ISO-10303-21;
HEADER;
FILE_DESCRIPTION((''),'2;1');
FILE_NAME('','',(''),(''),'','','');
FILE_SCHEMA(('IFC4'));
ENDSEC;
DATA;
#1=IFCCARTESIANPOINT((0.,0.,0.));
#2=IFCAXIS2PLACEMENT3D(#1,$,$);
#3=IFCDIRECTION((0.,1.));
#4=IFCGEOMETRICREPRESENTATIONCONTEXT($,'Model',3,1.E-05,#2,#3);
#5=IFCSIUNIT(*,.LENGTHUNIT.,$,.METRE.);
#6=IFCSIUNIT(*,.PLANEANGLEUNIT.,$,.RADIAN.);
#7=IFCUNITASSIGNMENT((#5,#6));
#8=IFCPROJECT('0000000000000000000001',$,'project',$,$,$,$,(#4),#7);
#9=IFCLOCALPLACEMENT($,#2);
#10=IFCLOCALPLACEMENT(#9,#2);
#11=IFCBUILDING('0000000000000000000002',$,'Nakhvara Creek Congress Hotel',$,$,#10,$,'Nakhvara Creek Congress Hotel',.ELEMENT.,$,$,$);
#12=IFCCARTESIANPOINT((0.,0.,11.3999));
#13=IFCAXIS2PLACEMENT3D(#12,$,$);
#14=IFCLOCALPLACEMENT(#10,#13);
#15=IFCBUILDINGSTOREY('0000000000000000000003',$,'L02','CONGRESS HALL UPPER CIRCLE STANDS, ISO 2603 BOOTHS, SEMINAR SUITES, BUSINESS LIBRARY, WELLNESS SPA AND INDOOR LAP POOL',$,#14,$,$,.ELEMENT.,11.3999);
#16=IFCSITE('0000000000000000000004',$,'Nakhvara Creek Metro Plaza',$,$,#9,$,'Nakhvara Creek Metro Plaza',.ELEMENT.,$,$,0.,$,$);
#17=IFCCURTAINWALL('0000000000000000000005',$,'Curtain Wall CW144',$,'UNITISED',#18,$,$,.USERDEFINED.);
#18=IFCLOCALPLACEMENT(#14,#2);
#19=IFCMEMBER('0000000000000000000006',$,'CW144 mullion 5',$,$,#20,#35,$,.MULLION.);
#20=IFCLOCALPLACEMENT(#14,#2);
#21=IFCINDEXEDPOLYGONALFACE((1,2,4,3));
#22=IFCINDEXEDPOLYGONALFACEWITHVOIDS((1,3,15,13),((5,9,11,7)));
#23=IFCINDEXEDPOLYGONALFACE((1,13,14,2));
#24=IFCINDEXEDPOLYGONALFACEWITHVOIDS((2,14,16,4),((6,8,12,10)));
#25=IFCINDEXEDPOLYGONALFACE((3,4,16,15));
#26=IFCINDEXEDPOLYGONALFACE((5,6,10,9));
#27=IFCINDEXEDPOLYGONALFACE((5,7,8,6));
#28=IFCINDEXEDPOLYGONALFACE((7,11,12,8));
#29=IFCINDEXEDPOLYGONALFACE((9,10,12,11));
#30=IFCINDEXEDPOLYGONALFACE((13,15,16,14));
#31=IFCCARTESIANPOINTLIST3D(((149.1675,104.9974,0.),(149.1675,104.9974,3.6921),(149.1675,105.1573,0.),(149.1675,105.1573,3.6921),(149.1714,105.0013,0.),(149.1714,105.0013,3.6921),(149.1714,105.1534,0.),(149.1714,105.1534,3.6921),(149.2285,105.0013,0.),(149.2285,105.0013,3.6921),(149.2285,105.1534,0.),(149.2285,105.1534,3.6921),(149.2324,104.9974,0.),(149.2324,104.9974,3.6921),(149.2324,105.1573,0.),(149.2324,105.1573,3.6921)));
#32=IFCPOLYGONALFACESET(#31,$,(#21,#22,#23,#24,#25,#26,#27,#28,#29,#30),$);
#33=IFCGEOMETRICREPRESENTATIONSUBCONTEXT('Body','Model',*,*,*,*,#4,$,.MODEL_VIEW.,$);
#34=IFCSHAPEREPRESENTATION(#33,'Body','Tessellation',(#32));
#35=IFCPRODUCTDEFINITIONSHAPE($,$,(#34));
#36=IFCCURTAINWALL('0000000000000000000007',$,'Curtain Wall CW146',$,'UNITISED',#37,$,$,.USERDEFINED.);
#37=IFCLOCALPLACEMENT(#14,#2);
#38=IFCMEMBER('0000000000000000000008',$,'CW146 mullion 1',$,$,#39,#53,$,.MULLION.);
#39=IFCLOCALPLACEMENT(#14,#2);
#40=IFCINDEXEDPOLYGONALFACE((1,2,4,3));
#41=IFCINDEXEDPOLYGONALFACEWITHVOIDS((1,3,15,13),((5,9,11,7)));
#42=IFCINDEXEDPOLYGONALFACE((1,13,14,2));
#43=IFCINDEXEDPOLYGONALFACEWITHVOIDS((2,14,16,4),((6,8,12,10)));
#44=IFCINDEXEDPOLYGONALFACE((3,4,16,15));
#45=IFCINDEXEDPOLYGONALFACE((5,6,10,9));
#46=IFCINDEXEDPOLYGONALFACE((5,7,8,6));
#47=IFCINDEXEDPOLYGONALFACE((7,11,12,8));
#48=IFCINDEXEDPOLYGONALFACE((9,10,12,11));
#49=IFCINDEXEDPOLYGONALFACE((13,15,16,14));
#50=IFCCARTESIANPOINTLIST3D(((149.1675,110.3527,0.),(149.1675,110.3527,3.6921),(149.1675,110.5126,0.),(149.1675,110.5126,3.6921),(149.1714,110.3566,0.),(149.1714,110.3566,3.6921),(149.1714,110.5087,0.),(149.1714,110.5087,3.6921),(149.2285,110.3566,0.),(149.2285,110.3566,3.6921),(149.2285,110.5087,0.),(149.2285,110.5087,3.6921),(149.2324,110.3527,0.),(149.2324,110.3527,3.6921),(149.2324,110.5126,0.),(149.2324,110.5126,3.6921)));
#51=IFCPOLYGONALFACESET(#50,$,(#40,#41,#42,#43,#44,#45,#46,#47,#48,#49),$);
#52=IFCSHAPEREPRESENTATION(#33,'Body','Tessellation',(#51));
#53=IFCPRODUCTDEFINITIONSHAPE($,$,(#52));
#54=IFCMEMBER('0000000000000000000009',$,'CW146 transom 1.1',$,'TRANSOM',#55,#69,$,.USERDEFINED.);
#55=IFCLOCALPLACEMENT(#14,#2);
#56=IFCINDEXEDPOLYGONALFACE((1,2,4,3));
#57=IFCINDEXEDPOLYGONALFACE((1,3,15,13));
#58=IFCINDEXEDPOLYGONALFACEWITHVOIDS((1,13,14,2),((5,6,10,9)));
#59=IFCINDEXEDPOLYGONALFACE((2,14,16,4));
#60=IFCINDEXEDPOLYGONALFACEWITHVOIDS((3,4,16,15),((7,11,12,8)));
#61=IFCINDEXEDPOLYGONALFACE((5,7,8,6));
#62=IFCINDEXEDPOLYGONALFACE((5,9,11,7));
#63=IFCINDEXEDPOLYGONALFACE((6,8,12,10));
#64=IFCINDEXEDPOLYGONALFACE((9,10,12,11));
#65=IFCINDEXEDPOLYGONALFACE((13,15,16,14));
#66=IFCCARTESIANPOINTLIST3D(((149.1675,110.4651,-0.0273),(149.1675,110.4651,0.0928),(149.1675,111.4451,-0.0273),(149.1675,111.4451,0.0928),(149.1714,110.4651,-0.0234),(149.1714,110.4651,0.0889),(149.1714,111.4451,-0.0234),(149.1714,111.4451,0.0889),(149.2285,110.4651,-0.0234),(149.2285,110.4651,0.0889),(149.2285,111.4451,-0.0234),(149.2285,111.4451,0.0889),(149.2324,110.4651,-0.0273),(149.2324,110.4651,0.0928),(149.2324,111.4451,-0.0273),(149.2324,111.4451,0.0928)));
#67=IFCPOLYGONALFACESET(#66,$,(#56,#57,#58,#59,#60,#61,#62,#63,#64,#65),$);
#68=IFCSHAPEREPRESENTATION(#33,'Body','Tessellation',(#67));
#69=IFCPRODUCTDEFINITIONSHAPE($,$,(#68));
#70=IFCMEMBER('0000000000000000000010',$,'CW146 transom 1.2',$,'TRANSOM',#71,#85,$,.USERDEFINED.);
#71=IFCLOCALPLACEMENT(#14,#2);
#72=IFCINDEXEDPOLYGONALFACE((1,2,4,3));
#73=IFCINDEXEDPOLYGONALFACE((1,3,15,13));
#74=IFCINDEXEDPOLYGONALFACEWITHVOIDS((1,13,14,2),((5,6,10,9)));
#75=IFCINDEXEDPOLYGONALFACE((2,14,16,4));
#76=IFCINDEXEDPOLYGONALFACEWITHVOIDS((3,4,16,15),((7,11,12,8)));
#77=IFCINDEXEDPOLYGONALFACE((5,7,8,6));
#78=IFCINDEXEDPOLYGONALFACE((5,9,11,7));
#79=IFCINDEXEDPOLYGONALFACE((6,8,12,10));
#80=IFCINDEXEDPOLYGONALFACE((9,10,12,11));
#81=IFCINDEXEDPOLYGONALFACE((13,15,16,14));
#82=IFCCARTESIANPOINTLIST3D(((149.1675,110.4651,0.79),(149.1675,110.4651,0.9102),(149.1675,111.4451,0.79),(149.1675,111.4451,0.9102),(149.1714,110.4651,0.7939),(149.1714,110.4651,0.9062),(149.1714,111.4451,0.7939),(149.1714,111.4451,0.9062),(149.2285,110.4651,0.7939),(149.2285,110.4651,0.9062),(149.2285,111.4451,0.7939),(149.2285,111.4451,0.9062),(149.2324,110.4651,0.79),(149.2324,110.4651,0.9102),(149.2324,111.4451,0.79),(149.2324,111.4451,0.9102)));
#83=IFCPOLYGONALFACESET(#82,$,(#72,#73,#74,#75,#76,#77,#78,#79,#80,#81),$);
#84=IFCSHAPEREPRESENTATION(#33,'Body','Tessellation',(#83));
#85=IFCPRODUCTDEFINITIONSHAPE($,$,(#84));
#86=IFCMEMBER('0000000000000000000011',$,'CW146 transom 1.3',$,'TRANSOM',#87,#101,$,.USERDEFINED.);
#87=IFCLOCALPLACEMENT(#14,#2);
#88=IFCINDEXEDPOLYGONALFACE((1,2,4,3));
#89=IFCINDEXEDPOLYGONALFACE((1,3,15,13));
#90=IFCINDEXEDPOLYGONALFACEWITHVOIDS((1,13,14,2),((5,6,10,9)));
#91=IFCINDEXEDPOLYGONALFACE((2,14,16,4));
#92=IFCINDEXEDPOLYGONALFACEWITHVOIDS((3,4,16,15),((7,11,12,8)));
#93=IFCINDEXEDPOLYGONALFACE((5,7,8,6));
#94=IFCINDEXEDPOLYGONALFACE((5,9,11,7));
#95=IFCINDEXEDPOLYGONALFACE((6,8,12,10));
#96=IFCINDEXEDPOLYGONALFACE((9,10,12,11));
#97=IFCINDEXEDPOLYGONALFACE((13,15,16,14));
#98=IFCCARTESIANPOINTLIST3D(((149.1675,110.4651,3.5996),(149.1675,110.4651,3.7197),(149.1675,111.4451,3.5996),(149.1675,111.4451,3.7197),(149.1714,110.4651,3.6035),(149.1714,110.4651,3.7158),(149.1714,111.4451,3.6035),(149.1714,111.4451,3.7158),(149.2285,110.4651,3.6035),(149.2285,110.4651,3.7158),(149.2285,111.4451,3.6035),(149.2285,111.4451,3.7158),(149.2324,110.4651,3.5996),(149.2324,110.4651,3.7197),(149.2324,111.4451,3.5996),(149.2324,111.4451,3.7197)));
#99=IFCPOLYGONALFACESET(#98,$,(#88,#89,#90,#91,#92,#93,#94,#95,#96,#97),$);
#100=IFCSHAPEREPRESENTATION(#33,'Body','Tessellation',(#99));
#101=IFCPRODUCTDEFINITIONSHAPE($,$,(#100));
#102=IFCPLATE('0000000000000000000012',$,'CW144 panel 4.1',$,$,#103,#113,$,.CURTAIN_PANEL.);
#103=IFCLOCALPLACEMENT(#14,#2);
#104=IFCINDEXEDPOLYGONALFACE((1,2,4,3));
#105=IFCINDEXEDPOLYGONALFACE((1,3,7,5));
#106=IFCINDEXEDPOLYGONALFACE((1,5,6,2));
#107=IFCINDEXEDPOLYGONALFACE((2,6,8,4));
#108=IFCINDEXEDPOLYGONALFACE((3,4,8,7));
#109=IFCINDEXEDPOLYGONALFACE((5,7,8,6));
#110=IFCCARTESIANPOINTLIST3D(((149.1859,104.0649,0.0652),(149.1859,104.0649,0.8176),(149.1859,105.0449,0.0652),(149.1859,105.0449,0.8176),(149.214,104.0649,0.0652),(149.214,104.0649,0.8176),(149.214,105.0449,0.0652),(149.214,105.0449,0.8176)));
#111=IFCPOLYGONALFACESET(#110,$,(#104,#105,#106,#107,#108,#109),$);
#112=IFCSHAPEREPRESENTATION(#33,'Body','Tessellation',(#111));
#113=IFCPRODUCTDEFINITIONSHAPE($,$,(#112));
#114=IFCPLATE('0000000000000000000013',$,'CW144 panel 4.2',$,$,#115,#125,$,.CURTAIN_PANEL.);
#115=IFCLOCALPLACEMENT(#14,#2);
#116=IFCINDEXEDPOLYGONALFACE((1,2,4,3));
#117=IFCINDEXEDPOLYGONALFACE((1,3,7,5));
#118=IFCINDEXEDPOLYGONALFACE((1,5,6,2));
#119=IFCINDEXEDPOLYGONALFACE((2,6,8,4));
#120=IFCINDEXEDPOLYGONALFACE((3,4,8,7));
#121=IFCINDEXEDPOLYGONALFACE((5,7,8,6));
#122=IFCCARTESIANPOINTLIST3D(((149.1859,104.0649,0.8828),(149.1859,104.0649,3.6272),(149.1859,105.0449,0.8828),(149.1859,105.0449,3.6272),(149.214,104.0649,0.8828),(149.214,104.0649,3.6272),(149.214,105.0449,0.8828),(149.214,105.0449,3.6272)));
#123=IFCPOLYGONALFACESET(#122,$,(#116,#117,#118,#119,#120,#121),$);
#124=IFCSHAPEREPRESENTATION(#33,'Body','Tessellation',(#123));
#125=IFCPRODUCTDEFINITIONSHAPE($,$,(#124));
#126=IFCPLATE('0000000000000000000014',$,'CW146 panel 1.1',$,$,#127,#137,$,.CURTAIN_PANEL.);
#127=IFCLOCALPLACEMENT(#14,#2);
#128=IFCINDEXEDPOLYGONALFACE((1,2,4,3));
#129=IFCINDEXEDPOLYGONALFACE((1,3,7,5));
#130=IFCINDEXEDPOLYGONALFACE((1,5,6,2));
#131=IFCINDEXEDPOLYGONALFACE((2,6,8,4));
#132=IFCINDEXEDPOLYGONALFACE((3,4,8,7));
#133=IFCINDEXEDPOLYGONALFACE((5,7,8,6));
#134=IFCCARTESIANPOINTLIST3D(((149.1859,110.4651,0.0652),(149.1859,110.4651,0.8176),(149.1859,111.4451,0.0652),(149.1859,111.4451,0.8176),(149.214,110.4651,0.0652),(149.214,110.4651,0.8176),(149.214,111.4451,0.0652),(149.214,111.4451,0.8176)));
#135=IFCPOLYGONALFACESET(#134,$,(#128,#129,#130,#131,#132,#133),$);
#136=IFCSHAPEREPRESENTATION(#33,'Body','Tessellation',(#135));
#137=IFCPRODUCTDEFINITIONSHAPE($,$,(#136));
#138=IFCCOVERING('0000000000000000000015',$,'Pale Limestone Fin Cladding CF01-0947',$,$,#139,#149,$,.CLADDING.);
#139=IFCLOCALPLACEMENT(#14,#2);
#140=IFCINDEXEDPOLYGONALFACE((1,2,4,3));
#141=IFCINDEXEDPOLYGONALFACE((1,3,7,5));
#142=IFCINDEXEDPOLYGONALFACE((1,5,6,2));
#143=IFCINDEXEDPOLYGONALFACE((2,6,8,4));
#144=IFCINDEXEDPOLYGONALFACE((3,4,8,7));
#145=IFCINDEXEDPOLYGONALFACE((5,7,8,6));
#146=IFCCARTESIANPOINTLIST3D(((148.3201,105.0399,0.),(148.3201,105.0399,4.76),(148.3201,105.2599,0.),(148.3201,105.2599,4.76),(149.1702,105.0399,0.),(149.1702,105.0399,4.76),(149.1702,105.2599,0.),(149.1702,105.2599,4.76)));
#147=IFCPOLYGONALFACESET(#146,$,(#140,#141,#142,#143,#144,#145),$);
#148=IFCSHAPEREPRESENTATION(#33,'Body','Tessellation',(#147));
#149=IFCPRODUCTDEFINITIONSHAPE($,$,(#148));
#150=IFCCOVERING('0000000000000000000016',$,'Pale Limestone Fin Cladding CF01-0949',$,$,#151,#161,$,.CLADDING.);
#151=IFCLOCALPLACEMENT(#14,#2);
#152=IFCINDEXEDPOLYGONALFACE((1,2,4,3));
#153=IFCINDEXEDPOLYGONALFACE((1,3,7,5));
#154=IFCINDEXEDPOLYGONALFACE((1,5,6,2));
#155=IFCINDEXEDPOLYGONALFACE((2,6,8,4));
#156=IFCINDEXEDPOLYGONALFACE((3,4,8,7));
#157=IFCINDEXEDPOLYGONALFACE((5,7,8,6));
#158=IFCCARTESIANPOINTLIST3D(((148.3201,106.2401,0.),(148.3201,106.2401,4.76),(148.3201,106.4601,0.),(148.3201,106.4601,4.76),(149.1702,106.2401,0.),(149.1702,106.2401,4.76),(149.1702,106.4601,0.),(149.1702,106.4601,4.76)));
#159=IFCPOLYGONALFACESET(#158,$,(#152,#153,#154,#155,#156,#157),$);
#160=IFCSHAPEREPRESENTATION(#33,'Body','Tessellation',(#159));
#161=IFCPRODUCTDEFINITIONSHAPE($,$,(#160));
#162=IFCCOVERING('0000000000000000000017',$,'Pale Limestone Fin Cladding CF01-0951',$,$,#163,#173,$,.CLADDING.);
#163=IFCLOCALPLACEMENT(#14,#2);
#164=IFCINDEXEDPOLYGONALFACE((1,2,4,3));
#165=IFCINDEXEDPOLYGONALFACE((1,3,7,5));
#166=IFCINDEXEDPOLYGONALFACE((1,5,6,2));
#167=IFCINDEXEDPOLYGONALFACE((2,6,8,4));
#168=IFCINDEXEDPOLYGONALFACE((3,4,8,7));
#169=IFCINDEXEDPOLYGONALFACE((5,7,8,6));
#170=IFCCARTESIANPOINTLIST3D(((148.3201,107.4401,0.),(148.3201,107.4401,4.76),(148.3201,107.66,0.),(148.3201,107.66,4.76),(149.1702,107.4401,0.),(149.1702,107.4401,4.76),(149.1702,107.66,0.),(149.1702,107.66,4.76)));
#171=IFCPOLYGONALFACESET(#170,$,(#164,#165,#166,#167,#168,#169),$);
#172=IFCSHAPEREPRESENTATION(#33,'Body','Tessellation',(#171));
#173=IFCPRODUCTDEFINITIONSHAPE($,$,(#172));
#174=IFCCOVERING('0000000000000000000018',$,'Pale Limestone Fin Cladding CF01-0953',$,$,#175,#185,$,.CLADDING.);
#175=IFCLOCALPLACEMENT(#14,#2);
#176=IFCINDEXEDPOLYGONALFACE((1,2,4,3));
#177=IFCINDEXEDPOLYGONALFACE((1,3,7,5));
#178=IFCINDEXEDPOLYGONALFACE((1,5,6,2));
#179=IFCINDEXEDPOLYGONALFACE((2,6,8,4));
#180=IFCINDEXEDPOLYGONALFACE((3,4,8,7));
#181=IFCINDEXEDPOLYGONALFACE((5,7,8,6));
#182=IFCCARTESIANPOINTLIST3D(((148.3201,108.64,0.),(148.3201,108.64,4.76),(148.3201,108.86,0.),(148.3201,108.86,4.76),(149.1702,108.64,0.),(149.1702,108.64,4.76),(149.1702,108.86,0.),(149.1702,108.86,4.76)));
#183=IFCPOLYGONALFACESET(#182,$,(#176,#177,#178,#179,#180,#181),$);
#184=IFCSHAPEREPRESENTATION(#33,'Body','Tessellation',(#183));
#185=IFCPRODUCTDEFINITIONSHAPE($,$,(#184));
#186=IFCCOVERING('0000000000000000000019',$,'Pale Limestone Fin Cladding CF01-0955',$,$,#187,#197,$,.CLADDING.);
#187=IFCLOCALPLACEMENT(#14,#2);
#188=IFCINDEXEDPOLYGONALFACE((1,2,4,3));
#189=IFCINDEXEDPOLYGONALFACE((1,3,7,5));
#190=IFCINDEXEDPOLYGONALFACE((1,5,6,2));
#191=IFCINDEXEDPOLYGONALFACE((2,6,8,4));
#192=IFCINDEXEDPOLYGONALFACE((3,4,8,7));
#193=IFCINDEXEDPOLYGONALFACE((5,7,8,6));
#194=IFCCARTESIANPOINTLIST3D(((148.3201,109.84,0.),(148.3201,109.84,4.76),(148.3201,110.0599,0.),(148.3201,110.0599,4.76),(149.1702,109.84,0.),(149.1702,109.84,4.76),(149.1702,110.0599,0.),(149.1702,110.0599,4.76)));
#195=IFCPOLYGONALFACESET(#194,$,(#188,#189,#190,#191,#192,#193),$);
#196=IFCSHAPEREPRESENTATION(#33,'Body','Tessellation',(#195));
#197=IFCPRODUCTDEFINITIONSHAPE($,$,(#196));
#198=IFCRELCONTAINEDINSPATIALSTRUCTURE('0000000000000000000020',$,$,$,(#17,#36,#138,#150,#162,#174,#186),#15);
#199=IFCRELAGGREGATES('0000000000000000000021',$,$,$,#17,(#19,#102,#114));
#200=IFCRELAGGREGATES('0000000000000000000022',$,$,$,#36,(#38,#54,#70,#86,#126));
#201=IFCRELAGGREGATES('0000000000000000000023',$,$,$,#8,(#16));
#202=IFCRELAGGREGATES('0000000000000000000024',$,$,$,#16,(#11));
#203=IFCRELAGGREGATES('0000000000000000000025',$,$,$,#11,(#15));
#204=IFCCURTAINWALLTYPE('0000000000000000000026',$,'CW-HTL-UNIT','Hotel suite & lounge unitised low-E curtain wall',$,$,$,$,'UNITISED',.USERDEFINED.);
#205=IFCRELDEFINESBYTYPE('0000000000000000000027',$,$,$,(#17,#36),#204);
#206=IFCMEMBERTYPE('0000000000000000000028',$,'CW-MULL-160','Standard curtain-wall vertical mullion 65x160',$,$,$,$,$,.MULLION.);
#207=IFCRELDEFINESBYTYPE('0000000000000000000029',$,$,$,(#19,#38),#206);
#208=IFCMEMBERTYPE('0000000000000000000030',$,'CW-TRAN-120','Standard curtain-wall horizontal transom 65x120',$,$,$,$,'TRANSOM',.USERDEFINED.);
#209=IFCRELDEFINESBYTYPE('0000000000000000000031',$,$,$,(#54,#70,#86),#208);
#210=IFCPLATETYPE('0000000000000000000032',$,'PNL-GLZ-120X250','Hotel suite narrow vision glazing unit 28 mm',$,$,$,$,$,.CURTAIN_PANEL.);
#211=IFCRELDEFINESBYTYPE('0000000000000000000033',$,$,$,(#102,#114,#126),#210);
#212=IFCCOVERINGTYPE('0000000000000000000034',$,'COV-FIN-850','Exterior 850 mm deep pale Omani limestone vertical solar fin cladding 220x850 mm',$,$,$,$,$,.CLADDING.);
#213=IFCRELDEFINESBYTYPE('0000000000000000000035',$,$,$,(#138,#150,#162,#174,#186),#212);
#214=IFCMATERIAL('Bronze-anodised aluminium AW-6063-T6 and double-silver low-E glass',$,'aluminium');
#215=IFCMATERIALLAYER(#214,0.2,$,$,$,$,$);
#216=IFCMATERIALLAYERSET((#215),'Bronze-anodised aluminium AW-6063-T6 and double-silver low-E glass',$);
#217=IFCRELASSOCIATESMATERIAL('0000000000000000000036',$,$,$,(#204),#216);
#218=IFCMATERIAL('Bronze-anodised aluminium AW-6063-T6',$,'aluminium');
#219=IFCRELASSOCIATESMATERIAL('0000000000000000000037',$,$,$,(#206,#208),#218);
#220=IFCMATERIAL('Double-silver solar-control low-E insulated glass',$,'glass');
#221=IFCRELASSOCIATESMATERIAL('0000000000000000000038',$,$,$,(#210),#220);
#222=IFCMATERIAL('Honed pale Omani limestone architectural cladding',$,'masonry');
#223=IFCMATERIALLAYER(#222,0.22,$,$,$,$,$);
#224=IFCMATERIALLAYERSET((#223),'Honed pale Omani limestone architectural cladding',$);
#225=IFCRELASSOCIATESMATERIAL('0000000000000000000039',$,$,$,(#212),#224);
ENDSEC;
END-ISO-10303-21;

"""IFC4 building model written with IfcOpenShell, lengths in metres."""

from ifc_helpers import new_model, si_unit, direction, frame, origin, origin_2d, place, context, subcontext, project, spatial, rectangle, hollow_rectangle, extrude, material, layer, layer_set, material_profile, profile_set, type_object, element, aggregate, save


model = new_model("IFC4")

# Units and contexts
model_context = context("Model", 3, precision=1e-05, world=origin(), true_north=direction((0.0, 1.0)))
body_context = subcontext(model_context, "Body", "Model", "MODEL_VIEW")
ifc_project = project(units=[si_unit("LENGTHUNIT", "METRE"), si_unit("PLANEANGLEUNIT", "RADIAN")], contexts=[model_context])

# Site, building, storey
site_placement = place(None, origin())
site = spatial("IfcSite", under=ifc_project, at=site_placement, Name="Nakhvara Creek Metro Plaza", LongName="Nakhvara Creek Metro Plaza", CompositionType="ELEMENT", RefElevation=0.0)
building_placement = place(site_placement, origin())
building = spatial("IfcBuilding", under=site, at=building_placement, Name="Nakhvara Creek Congress Hotel", LongName="Nakhvara Creek Congress Hotel", CompositionType="ELEMENT")
storey_placement = place(building_placement, frame((0.0, 0.0, 11.3999)))
storey = spatial("IfcBuildingStorey", under=building, at=storey_placement, Name="L02", Description="CONGRESS HALL UPPER CIRCLE STANDS, ISO 2603 BOOTHS, SEMINAR SUITES, BUSINESS LIBRARY, WELLNESS SPA AND INDOOR LAP POOL", CompositionType="ELEMENT", Elevation=11.3999)

# Curtain wall, member
ifc_material_1 = material(Name="Bronze-anodised aluminium AW-6063-T6 and double-silver low-E glass", Category="aluminium")
ifc_layer_1 = layer(ifc_material_1, 0.2)
ifc_layer_set_1 = layer_set([ifc_layer_1], Name="Bronze-anodised aluminium AW-6063-T6 and double-silver low-E glass")
curtain_wall_type = type_object("IfcCurtainWallType", Name="CW-HTL-UNIT", Description="Hotel suite & lounge unitised low-E curtain wall", ElementType="UNITISED", PredefinedType="USERDEFINED", material=ifc_layer_set_1)
curtain_wall_1_placement = place(storey_placement, origin())
curtain_wall_1 = element("IfcCurtainWall", 1, at=curtain_wall_1_placement, inside=storey, type_object=curtain_wall_type, Name="Curtain Wall CW144", ObjectType="UNITISED", PredefinedType="USERDEFINED")
ifc_material_2 = material(Name="Bronze-anodised aluminium AW-6063-T6", Category="aluminium")
ifc_material_profile_1 = material_profile(ifc_material_2, hollow_rectangle(XDim=0.0649, YDim=0.1599, WallThickness=0.0039, at=origin_2d()), Name="ALU-MULL 65x160x4", Category="LoadBearing")
ifc_profile_set_1 = profile_set([ifc_material_profile_1], Name="Bronze-anodised aluminium AW-6063-T6")
member_type_1 = type_object("IfcMemberType", Name="CW-MULL-160", Description="Standard curtain-wall vertical mullion 65x160", PredefinedType="MULLION", material=ifc_profile_set_1)
member_1_placement = place(storey_placement, frame((149.2, 105.0774, 0.0), z_axis=(0.0, 0.0, 1.0), x_axis=(-1.0, 0.0, 0.0)))
member_1 = element("IfcMember", 2, at=member_1_placement, type_object=member_type_1, Name="CW144 mullion 5", PredefinedType="MULLION", context=body_context, shape_type="SweptSolid", body=[
    extrude(hollow_rectangle(XDim=0.0649, YDim=0.1599, WallThickness=0.0039, at=origin_2d()), origin(), (0.0, 0.0, 1.0), 3.6921),
])

# Curtain wall, members
curtain_wall_2_placement = place(storey_placement, origin())
curtain_wall_2 = element("IfcCurtainWall", 3, at=curtain_wall_2_placement, inside=storey, type_object=curtain_wall_type, Name="Curtain Wall CW146", ObjectType="UNITISED", PredefinedType="USERDEFINED")
member_2_placement = place(storey_placement, frame((149.2, 110.4326, 0.0), z_axis=(0.0, 0.0, 1.0), x_axis=(-1.0, 0.0, 0.0)))
member_2 = element("IfcMember", 4, at=member_2_placement, type_object=member_type_1, Name="CW146 mullion 1", PredefinedType="MULLION", context=body_context, shape_type="SweptSolid", body=[
    extrude(hollow_rectangle(XDim=0.0649, YDim=0.1599, WallThickness=0.0039, at=origin_2d()), origin(), (0.0, 0.0, 1.0), 3.6921),
])
ifc_material_profile_2 = material_profile(ifc_material_2, hollow_rectangle(XDim=0.0649, YDim=0.1201, WallThickness=0.0039, at=origin_2d()), Name="ALU-TRAN 65x120x4", Category="LoadBearing")
ifc_profile_set_2 = profile_set([ifc_material_profile_2], Name="Bronze-anodised aluminium AW-6063-T6")
member_type_2 = type_object("IfcMemberType", Name="CW-TRAN-120", Description="Standard curtain-wall horizontal transom 65x120", ElementType="TRANSOM", PredefinedType="USERDEFINED", material=ifc_profile_set_2)
member_3_placement = place(storey_placement, frame((149.2, 110.4651, 0.0327), z_axis=(0.0, 1.0, 0.0), x_axis=(-1.0, 0.0, 0.0)))
member_3 = element("IfcMember", 5, at=member_3_placement, type_object=member_type_2, Name="CW146 transom 1.1", ObjectType="TRANSOM", PredefinedType="USERDEFINED", context=body_context, shape_type="SweptSolid", body=[
    extrude(hollow_rectangle(XDim=0.0649, YDim=0.1201, WallThickness=0.0039, at=origin_2d()), origin(), (0.0, 0.0, 1.0), 0.98),
])
member_4_placement = place(storey_placement, frame((149.2, 110.4651, 0.8501), z_axis=(0.0, 1.0, 0.0), x_axis=(-1.0, 0.0, 0.0)))
member_4 = element("IfcMember", 6, at=member_4_placement, type_object=member_type_2, Name="CW146 transom 1.2", ObjectType="TRANSOM", PredefinedType="USERDEFINED", context=body_context, shape_type="SweptSolid", body=[
    extrude(hollow_rectangle(XDim=0.0649, YDim=0.1201, WallThickness=0.0039, at=origin_2d()), origin(), (0.0, 0.0, 1.0), 0.98),
])
member_5_placement = place(storey_placement, frame((149.2, 110.4651, 3.6597), z_axis=(0.0, 1.0, 0.0), x_axis=(-1.0, 0.0, 0.0)))
member_5 = element("IfcMember", 7, at=member_5_placement, type_object=member_type_2, Name="CW146 transom 1.3", ObjectType="TRANSOM", PredefinedType="USERDEFINED", context=body_context, shape_type="SweptSolid", body=[
    extrude(hollow_rectangle(XDim=0.0649, YDim=0.1201, WallThickness=0.0039, at=origin_2d()), origin(), (0.0, 0.0, 1.0), 0.98),
])

# Plates
ifc_material_3 = material(Name="Double-silver solar-control low-E insulated glass", Category="glass")
plate_type = type_object("IfcPlateType", Name="PNL-GLZ-120X250", Description="Hotel suite narrow vision glazing unit 28 mm", PredefinedType="CURTAIN_PANEL", material=ifc_material_3)
plate_1_placement = place(storey_placement, frame((149.2, 104.5549, 0.0652), z_axis=(0.0, 0.0, 1.0), x_axis=(0.0, 1.0, 0.0)))
plate_1 = element("IfcPlate", 8, at=plate_1_placement, type_object=plate_type, Name="CW144 panel 4.1", PredefinedType="CURTAIN_PANEL", context=body_context, shape_type="SweptSolid", body=[
    extrude(rectangle(XDim=0.98, YDim=0.0281, at=origin_2d()), origin(), (0.0, 0.0, 1.0), 0.7524),
])
plate_2_placement = place(storey_placement, frame((149.2, 104.5549, 0.8828), z_axis=(0.0, 0.0, 1.0), x_axis=(0.0, 1.0, 0.0)))
plate_2 = element("IfcPlate", 9, at=plate_2_placement, type_object=plate_type, Name="CW144 panel 4.2", PredefinedType="CURTAIN_PANEL", context=body_context, shape_type="SweptSolid", body=[
    extrude(rectangle(XDim=0.98, YDim=0.0281, at=origin_2d()), origin(), (0.0, 0.0, 1.0), 2.7444),
])
aggregate(curtain_wall_1, [member_1, plate_1, plate_2])
plate_3_placement = place(storey_placement, frame((149.2, 110.9551, 0.0652), z_axis=(0.0, 0.0, 1.0), x_axis=(0.0, 1.0, 0.0)))
plate_3 = element("IfcPlate", 10, at=plate_3_placement, type_object=plate_type, Name="CW146 panel 1.1", PredefinedType="CURTAIN_PANEL", context=body_context, shape_type="SweptSolid", body=[
    extrude(rectangle(XDim=0.98, YDim=0.0281, at=origin_2d()), origin(), (0.0, 0.0, 1.0), 0.7524),
])
aggregate(curtain_wall_2, [member_2, member_3, member_4, member_5, plate_3])

# Coverings
ifc_material_4 = material(Name="Honed pale Omani limestone architectural cladding", Category="masonry")
ifc_layer_2 = layer(ifc_material_4, 0.22)
ifc_layer_set_2 = layer_set([ifc_layer_2], Name="Honed pale Omani limestone architectural cladding")
covering_type = type_object("IfcCoveringType", Name="COV-FIN-850", Description="Exterior 850 mm deep pale Omani limestone vertical solar fin cladding 220x850 mm", PredefinedType="CLADDING", material=ifc_layer_set_2)
for number, where, z_axis, x_axis, name in (
    (11, (148.7451, 105.1499, 0.0), (0.0, 0.0, 1.0), (0.0, 1.0, 0.0), "Pale Limestone Fin Cladding CF01-0947"),
    (12, (148.7451, 106.3501, 0.0), (0.0, 0.0, 1.0), (0.0, 1.0, 0.0), "Pale Limestone Fin Cladding CF01-0949"),
    (13, (148.7451, 107.55, 0.0), (0.0, 0.0, 1.0), (0.0, 1.0, 0.0), "Pale Limestone Fin Cladding CF01-0951"),
    (14, (148.7451, 108.75, 0.0), (0.0, 0.0, 1.0), (0.0, 1.0, 0.0), "Pale Limestone Fin Cladding CF01-0953"),
    (15, (148.7451, 109.95, 0.0), (0.0, 0.0, 1.0), (0.0, 1.0, 0.0), "Pale Limestone Fin Cladding CF01-0955"),
):
    element("IfcCovering", number, at=place(storey_placement, frame(where, z_axis=z_axis, x_axis=x_axis)), inside=storey, type_object=covering_type, Name=name, PredefinedType="CLADDING", context=body_context, shape_type="SweptSolid", body=[
        extrude(rectangle(XDim=0.22, YDim=0.8501, at=origin_2d()), origin(), (0.0, 0.0, 1.0), 4.76),
    ])

save(model, "model.ifc")
